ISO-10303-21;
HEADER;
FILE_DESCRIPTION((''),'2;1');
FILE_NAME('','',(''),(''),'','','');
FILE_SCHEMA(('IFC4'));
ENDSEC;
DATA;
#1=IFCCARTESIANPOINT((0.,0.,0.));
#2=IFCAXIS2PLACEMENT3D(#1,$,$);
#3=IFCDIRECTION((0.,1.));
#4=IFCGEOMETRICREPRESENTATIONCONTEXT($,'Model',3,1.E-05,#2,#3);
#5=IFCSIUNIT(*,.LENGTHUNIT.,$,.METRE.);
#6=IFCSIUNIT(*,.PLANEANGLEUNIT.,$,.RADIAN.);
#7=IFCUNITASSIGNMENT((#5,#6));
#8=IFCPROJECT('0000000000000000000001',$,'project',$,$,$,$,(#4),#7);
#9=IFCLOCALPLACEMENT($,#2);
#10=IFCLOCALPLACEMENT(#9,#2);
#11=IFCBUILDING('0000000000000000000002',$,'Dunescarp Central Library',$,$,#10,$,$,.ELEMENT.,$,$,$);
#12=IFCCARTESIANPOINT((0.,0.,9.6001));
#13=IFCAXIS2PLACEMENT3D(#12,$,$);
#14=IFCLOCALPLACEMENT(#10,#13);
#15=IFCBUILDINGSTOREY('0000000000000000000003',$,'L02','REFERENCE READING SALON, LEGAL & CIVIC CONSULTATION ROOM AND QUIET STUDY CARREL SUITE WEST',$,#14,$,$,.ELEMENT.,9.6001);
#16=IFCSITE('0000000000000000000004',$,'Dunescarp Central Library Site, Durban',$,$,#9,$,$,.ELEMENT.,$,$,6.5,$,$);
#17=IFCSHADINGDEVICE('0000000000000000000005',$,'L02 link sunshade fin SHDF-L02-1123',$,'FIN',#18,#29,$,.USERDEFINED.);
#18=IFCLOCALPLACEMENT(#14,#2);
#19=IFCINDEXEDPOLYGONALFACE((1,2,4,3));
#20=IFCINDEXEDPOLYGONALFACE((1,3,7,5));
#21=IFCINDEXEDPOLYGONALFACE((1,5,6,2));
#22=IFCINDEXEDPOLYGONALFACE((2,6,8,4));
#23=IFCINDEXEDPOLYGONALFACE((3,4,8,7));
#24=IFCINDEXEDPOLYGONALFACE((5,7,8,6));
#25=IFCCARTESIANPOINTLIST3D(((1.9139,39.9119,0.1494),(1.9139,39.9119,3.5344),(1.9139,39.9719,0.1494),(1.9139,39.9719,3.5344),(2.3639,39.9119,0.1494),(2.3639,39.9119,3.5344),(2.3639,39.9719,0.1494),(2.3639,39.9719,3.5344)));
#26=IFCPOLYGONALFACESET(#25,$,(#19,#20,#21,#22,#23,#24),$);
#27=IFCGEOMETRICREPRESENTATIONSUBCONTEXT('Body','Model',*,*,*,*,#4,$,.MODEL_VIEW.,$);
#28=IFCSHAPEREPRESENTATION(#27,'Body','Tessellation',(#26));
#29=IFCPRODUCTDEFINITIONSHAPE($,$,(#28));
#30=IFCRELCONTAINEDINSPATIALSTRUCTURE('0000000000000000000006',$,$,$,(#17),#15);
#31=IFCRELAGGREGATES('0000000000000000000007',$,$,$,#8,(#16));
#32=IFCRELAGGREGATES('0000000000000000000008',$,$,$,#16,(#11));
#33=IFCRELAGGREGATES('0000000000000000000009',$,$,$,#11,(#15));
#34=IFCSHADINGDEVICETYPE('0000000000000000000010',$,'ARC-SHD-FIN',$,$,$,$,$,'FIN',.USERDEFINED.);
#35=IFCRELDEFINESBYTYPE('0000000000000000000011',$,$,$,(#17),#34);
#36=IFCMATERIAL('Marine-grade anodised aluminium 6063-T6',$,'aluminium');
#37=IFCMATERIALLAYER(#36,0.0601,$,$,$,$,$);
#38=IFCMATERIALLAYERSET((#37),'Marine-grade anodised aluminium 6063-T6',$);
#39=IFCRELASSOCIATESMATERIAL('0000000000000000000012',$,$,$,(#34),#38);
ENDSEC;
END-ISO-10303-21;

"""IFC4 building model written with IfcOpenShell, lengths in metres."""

from ifc_helpers import new_model, si_unit, direction, frame, origin, origin_2d, place, context, subcontext, project, spatial, rectangle, extrude, material, layer, layer_set, type_object, element, save


model = new_model("IFC4")

# Units and contexts
model_context = context("Model", 3, precision=1e-05, world=origin(), true_north=direction((0.0, 1.0)))
body_context = subcontext(model_context, "Body", "Model", "MODEL_VIEW")
ifc_project = project(units=[si_unit("LENGTHUNIT", "METRE"), si_unit("PLANEANGLEUNIT", "RADIAN")], contexts=[model_context])

# Site, building, storey
site_placement = place(None, origin())
site = spatial("IfcSite", under=ifc_project, at=site_placement, Name="Dunescarp Central Library Site, Durban", CompositionType="ELEMENT", RefElevation=6.5)
building_placement = place(site_placement, origin())
building = spatial("IfcBuilding", under=site, at=building_placement, Name="Dunescarp Central Library", CompositionType="ELEMENT")
storey_placement = place(building_placement, frame((0.0, 0.0, 9.6001)))
storey = spatial("IfcBuildingStorey", under=building, at=storey_placement, Name="L02", Description="REFERENCE READING SALON, LEGAL & CIVIC CONSULTATION ROOM AND QUIET STUDY CARREL SUITE WEST", CompositionType="ELEMENT", Elevation=9.6001)

# Shared definitions
ifc_material_1 = material(Name="Marine-grade anodised aluminium 6063-T6", Category="aluminium")

# Shading device
ifc_layer_1 = layer(ifc_material_1, 0.0601)
ifc_layer_set_1 = layer_set([ifc_layer_1], Name="Marine-grade anodised aluminium 6063-T6")
shading_device_type = type_object("IfcShadingDeviceType", Name="ARC-SHD-FIN", ElementType="FIN", PredefinedType="USERDEFINED", material=ifc_layer_set_1)
for number, where, z_axis, x_axis, name in (
    (1, (2.1389, 39.9419, 0.1494), (0.0, 0.0, 1.0), (-1.0, 0.0, 0.0), "L02 link sunshade fin SHDF-L02-1123"),
):
    element("IfcShadingDevice", number, at=place(storey_placement, frame(where, z_axis=z_axis, x_axis=x_axis)), inside=storey, type_object=shading_device_type, Name=name, ObjectType="FIN", PredefinedType="USERDEFINED", context=body_context, shape_type="SweptSolid", body=[
        extrude(rectangle(XDim=0.45, YDim=0.0601, at=origin_2d()), origin(), (0.0, 0.0, 1.0), 3.385),
    ])

save(model, "model.ifc")
